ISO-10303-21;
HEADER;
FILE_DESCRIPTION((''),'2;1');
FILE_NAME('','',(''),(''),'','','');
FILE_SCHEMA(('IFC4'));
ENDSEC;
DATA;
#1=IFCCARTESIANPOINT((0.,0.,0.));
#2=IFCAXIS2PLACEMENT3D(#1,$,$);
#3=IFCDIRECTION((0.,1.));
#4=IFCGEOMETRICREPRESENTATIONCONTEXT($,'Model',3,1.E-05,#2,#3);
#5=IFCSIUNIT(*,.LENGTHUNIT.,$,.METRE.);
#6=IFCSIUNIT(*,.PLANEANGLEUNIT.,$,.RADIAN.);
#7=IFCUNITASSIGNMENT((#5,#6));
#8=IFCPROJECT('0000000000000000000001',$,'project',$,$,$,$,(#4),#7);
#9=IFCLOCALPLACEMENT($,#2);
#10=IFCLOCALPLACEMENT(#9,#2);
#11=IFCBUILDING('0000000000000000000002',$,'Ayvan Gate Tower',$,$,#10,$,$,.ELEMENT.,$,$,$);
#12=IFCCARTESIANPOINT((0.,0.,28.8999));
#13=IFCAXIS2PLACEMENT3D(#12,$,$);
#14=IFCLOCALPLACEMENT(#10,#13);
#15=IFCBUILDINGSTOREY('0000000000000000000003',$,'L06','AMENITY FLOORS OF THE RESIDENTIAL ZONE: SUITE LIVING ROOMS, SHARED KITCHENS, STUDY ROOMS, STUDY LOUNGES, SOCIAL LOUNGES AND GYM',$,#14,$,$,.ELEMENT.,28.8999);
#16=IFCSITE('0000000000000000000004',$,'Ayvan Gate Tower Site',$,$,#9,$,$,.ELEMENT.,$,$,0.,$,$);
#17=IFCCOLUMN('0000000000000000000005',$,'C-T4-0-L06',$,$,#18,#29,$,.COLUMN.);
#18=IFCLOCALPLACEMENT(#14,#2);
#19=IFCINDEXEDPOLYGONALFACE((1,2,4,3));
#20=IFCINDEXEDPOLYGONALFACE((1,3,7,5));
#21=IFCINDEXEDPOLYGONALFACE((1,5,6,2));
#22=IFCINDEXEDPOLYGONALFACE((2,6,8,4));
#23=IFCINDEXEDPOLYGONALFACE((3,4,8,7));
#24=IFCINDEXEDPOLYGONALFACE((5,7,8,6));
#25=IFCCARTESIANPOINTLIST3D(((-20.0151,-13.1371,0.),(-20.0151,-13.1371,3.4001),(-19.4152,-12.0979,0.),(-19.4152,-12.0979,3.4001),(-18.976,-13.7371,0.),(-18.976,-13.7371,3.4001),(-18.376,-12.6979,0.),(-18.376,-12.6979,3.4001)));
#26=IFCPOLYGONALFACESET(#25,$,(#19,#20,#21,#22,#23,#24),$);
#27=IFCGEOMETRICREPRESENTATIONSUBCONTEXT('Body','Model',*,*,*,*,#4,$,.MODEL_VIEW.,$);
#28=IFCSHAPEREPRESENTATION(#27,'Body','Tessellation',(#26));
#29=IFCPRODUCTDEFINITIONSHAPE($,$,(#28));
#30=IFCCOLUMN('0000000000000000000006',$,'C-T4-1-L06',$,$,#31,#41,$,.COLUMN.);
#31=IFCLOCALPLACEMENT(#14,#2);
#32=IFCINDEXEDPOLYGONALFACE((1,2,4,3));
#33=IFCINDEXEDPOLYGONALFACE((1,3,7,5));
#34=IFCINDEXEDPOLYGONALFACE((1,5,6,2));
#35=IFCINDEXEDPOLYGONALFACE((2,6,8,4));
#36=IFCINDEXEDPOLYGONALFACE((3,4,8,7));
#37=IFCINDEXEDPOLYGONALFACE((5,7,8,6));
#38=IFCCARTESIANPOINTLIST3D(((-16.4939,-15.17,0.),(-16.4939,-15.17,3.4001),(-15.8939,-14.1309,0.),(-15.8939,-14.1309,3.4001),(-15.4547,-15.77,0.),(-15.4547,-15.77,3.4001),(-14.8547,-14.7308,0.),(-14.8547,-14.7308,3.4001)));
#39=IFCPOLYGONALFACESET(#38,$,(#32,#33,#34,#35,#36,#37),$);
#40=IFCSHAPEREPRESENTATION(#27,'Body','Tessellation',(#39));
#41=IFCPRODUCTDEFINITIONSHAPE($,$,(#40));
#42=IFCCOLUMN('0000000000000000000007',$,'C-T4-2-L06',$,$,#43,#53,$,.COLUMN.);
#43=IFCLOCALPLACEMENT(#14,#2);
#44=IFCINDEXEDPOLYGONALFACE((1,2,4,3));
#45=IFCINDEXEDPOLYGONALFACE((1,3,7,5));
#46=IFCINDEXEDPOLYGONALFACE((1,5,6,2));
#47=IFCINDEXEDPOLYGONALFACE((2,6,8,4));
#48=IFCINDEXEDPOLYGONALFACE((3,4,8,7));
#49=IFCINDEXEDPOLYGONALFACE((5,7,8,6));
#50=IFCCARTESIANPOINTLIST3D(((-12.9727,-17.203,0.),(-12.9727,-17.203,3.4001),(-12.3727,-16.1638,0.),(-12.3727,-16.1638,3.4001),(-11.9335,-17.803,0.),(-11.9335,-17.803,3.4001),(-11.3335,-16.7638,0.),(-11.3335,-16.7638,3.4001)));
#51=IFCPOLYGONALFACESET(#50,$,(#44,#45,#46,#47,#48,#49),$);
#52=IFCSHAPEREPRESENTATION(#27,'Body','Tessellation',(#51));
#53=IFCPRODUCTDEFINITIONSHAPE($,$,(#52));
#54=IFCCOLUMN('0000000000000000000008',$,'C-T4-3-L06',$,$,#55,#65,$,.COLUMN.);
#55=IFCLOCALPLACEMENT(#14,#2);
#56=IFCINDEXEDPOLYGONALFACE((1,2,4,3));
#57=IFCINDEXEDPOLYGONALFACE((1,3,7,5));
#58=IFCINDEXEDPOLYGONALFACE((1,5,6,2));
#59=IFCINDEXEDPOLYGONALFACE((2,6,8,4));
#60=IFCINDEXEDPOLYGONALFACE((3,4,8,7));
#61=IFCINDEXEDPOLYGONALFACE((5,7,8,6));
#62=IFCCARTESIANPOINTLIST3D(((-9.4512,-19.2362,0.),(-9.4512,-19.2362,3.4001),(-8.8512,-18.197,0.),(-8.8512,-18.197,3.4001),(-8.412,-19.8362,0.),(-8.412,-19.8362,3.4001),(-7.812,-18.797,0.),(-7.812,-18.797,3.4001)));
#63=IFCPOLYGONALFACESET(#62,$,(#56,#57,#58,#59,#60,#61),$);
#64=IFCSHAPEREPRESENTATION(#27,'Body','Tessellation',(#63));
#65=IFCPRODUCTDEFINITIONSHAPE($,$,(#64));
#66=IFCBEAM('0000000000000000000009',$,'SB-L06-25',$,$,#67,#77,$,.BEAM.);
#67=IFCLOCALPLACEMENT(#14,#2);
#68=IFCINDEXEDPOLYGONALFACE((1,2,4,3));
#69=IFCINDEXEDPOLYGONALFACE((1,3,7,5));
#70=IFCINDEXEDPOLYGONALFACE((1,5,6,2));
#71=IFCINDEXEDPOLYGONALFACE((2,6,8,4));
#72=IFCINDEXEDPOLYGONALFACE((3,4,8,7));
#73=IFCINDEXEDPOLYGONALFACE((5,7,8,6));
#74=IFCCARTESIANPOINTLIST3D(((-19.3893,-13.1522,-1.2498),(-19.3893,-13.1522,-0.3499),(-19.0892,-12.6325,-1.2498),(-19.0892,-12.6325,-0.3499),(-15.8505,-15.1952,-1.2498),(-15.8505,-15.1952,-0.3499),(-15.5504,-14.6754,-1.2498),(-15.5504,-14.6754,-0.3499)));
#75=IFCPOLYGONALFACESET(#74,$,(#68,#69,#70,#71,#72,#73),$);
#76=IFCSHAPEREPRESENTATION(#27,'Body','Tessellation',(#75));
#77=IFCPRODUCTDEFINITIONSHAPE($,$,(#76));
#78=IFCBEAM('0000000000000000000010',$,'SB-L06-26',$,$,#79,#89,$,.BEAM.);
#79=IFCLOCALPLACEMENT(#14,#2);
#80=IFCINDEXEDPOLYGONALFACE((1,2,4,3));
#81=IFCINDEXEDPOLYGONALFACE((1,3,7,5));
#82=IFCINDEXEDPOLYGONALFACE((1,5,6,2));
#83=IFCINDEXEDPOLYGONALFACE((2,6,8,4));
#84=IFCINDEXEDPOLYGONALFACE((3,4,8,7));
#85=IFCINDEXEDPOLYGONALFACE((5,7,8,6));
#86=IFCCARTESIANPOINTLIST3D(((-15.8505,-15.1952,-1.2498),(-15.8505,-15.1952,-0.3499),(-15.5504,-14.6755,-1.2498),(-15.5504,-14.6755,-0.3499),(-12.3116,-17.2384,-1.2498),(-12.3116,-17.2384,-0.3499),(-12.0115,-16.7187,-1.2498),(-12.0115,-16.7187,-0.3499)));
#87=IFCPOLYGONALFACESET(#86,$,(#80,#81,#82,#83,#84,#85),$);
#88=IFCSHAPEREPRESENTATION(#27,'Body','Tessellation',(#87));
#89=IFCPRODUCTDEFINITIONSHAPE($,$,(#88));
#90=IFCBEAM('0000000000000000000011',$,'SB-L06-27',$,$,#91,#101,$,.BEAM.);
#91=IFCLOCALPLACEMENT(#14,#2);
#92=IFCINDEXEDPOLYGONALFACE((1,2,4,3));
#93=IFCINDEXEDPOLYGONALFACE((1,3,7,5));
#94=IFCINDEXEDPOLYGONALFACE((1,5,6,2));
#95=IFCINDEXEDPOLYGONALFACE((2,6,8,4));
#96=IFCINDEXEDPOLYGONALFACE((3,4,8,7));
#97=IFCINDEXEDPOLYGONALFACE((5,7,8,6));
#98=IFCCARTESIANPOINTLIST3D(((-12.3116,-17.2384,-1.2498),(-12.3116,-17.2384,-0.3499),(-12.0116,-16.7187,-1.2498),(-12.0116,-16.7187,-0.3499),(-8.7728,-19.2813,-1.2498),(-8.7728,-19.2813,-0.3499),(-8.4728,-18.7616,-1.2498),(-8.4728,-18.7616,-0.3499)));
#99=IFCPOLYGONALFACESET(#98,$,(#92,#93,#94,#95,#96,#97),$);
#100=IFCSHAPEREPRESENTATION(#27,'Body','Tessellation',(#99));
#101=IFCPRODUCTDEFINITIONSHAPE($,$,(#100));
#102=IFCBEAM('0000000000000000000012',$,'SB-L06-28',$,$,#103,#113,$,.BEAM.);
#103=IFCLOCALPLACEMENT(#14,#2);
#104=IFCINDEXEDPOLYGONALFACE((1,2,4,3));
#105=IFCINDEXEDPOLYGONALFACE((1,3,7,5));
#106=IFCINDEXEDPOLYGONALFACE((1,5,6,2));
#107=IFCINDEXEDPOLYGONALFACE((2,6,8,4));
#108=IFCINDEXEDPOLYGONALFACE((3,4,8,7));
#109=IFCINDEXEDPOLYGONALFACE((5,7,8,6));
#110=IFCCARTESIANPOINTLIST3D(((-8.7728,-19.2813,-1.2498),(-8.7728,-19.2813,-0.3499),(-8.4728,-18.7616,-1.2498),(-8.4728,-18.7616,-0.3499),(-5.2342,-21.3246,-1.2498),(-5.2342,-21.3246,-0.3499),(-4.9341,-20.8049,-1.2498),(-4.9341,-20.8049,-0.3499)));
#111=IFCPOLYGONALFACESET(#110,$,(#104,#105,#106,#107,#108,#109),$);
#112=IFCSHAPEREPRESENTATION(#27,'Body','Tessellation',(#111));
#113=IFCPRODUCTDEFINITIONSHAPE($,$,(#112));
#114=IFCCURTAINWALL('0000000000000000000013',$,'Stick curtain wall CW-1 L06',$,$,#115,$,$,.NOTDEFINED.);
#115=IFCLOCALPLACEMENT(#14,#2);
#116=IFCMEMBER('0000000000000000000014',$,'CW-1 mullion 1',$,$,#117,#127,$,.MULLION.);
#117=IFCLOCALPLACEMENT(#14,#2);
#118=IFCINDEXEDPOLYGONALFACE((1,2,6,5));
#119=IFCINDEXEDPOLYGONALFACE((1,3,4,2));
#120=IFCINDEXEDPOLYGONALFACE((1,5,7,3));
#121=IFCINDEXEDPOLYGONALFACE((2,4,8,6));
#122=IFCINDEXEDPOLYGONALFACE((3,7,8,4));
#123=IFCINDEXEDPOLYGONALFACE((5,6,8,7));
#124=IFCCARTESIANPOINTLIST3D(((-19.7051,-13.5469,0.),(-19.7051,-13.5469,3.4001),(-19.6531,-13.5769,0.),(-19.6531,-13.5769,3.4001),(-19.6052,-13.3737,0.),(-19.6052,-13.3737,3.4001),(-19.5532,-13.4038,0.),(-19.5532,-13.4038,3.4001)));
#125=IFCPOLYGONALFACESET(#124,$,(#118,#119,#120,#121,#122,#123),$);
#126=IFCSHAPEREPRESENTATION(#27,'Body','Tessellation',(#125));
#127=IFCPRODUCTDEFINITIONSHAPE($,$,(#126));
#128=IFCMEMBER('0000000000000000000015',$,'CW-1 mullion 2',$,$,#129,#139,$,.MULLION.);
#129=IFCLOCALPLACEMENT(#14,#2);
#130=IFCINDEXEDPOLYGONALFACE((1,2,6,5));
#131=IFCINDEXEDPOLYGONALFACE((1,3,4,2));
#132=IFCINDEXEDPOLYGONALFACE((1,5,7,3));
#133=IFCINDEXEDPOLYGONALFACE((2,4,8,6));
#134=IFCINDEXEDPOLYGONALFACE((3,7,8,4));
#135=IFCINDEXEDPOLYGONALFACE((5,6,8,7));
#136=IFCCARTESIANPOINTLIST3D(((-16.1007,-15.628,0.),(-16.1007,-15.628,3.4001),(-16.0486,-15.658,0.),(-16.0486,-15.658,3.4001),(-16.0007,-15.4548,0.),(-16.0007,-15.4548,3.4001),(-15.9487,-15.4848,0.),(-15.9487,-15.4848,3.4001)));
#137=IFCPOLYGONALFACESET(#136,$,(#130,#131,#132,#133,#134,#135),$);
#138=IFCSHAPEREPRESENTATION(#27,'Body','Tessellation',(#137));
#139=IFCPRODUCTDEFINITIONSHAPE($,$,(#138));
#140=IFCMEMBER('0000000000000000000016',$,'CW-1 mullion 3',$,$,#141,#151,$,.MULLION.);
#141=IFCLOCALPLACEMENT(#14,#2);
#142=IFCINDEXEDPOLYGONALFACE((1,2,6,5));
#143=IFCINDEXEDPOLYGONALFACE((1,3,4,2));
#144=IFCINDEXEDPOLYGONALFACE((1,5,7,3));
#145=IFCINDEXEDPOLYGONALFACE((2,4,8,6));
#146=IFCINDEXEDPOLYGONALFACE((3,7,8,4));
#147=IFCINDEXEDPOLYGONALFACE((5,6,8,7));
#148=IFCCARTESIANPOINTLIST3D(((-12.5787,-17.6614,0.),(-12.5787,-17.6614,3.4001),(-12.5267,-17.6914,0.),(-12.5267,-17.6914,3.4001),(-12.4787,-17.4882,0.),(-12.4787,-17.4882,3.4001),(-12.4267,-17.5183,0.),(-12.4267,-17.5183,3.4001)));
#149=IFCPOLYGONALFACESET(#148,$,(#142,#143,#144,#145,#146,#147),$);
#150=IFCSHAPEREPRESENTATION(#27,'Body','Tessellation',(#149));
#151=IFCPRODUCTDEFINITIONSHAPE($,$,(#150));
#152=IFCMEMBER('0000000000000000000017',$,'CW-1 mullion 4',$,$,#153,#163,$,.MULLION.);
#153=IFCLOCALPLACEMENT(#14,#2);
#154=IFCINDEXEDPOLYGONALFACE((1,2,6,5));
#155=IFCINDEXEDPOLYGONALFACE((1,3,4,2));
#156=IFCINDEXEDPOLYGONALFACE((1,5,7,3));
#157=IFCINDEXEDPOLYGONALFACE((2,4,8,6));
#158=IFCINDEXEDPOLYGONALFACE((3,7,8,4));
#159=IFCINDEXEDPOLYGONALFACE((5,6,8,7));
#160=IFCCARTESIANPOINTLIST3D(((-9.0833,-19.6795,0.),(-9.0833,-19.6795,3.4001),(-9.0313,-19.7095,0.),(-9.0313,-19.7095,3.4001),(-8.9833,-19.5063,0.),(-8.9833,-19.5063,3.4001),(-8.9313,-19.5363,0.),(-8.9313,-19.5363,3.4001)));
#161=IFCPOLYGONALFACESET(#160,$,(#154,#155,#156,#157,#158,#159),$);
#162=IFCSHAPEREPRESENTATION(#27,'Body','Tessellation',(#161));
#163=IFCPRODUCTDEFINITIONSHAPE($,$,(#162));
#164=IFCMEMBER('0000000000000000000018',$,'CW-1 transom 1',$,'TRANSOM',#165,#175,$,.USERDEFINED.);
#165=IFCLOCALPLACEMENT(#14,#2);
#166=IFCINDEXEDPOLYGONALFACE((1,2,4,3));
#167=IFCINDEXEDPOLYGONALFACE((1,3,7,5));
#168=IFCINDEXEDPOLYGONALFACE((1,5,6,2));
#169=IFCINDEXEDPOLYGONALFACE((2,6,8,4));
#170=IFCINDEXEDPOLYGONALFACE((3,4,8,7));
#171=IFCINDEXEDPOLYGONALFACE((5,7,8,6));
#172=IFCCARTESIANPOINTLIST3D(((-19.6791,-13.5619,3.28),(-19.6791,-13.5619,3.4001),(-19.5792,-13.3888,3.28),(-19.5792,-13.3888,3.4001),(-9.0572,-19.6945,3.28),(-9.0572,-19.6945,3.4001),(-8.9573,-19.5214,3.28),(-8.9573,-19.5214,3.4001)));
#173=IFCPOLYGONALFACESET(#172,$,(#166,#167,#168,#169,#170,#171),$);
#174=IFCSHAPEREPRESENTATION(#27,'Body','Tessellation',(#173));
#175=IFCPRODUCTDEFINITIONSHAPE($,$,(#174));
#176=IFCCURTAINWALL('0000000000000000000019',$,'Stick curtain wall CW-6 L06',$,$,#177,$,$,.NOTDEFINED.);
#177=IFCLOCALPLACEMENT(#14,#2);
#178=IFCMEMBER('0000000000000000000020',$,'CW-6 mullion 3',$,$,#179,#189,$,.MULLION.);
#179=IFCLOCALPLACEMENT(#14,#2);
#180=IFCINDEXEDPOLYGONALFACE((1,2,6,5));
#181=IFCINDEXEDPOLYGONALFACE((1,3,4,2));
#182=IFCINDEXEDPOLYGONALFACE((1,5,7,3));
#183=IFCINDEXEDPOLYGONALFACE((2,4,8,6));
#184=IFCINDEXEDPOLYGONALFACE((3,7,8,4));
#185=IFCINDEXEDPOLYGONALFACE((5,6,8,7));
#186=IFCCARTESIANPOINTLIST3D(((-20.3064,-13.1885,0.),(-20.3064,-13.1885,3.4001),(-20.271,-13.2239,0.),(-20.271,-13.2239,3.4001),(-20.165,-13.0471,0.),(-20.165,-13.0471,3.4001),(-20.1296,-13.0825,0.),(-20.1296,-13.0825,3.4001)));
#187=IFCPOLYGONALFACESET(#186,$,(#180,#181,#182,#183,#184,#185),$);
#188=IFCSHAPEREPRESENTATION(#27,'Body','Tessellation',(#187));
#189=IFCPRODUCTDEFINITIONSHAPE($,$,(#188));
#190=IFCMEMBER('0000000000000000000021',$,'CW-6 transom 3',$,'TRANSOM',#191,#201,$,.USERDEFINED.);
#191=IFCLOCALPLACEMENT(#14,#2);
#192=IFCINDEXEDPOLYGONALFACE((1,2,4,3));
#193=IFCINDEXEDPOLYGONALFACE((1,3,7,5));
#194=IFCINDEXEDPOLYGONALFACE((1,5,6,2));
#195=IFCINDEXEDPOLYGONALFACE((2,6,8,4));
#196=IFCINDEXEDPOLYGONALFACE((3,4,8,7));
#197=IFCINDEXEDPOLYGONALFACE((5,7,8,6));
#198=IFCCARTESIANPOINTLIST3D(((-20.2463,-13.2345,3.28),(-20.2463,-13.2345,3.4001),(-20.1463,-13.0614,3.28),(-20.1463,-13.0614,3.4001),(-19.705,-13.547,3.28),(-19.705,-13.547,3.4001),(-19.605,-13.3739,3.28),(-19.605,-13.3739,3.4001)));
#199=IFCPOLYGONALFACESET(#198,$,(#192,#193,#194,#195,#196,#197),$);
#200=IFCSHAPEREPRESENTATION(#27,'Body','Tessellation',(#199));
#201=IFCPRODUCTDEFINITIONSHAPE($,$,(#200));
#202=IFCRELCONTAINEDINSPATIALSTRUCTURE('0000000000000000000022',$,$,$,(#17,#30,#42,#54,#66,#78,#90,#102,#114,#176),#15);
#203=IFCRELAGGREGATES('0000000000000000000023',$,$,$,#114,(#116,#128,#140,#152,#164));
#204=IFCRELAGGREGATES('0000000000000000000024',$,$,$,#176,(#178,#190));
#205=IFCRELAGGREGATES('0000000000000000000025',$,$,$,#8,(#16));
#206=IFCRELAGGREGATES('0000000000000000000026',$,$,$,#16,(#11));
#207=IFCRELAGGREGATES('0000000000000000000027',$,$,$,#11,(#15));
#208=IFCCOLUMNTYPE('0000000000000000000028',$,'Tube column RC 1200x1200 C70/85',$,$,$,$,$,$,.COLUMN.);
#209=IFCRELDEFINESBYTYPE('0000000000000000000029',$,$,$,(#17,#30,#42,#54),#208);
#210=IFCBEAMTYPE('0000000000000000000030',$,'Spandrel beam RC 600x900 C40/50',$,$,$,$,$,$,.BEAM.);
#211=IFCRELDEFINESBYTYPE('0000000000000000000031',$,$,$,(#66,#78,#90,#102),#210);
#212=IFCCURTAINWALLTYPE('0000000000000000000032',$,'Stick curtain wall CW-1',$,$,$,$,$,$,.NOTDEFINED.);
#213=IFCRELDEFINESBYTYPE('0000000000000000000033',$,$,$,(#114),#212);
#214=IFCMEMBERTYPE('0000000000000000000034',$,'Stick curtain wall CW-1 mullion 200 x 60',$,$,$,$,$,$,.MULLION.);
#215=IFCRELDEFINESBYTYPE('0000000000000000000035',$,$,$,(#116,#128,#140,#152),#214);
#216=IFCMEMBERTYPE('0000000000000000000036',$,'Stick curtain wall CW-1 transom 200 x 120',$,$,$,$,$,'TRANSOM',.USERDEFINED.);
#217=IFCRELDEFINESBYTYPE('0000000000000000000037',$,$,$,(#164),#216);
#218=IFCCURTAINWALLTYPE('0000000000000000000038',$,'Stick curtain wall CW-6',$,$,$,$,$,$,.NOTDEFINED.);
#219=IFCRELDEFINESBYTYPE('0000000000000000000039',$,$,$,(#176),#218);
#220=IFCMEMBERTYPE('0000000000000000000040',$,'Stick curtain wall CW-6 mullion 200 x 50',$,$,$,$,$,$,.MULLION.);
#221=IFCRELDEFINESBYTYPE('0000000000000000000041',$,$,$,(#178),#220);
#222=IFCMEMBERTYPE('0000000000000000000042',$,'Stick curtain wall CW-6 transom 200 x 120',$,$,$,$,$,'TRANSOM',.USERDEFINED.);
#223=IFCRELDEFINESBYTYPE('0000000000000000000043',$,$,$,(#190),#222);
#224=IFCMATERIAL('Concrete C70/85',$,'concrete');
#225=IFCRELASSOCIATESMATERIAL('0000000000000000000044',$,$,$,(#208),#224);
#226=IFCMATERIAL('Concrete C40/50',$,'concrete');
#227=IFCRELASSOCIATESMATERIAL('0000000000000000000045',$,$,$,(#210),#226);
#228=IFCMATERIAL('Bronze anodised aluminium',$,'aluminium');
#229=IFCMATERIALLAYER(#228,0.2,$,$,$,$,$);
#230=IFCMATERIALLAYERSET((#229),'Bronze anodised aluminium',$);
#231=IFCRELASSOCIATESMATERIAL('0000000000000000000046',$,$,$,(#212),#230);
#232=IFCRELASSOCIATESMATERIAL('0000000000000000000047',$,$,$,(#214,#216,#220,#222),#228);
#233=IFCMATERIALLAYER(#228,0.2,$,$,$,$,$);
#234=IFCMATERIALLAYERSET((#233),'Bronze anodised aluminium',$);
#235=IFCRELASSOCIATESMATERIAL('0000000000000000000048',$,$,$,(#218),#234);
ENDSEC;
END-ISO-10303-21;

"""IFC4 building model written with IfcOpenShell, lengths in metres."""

from ifc_helpers import new_model, si_unit, direction, frame, origin, origin_2d, place, context, subcontext, project, spatial, rectangle, extrude, material, layer, layer_set, material_profile, profile_set, type_object, element, aggregate, save


model = new_model("IFC4")

# Units and contexts
model_context = context("Model", 3, precision=1e-05, world=origin(), true_north=direction((0.0, 1.0)))
body_context = subcontext(model_context, "Body", "Model", "MODEL_VIEW")
ifc_project = project(units=[si_unit("LENGTHUNIT", "METRE"), si_unit("PLANEANGLEUNIT", "RADIAN")], contexts=[model_context])

# Site, building, storey
site_placement = place(None, origin())
site = spatial("IfcSite", under=ifc_project, at=site_placement, Name="Ayvan Gate Tower Site", CompositionType="ELEMENT", RefElevation=0.0)
building_placement = place(site_placement, origin())
building = spatial("IfcBuilding", under=site, at=building_placement, Name="Ayvan Gate Tower", CompositionType="ELEMENT")
storey_placement = place(building_placement, frame((0.0, 0.0, 28.8999)))
storey = spatial("IfcBuildingStorey", under=building, at=storey_placement, Name="L06", Description="AMENITY FLOORS OF THE RESIDENTIAL ZONE: SUITE LIVING ROOMS, SHARED KITCHENS, STUDY ROOMS, STUDY LOUNGES, SOCIAL LOUNGES AND GYM", CompositionType="ELEMENT", Elevation=28.8999)

# Columns
ifc_material_1 = material(Name="Concrete C70/85", Category="concrete")
ifc_material_profile_1 = material_profile(ifc_material_1, rectangle(XDim=1.2, YDim=1.2, at=origin_2d()), Name="RC 1200x1200")
ifc_profile_set_1 = profile_set([ifc_material_profile_1], Name="Concrete C70/85")
column_type = type_object("IfcColumnType", Name="Tube column RC 1200x1200 C70/85", PredefinedType="COLUMN", material=ifc_profile_set_1)
for number, where, z_axis, x_axis, name in (
    (1, (-19.1956, -12.9175, 0.0), (0.0, 0.0, 1.0), (-0.5, -0.866025, 0.0), "C-T4-0-L06"),
    (2, (-15.6743, -14.9504, 0.0), (0.0, 0.0, 1.0), (-0.5, -0.866025, 0.0), "C-T4-1-L06"),
    (3, (-12.1531, -16.9834, 0.0), (0.0, 0.0, 1.0), (-0.5, -0.866025, 0.0), "C-T4-2-L06"),
    (4, (-8.6316, -19.0166, 0.0), (0.0, 0.0, 1.0), (-0.5, -0.866025, 0.0), "C-T4-3-L06"),
):
    element("IfcColumn", number, at=place(storey_placement, frame(where, z_axis=z_axis, x_axis=x_axis)), inside=storey, type_object=column_type, Name=name, PredefinedType="COLUMN", context=body_context, shape_type="SweptSolid", body=[
        extrude(rectangle(XDim=1.2, YDim=1.2, at=origin_2d()), origin(), (0.0, 0.0, 1.0), 3.4001),
    ])

# Beams
ifc_material_2 = material(Name="Concrete C40/50", Category="concrete")
ifc_material_profile_2 = material_profile(ifc_material_2, rectangle(XDim=0.6001, YDim=0.8999, at=origin_2d()), Name="RC 600x900")
ifc_profile_set_2 = profile_set([ifc_material_profile_2], Name="Concrete C40/50")
beam_type = type_object("IfcBeamType", Name="Spandrel beam RC 600x900 C40/50", PredefinedType="BEAM", material=ifc_profile_set_2)
beam_1_placement = place(storey_placement, frame((-19.2393, -12.8923, -0.7998), z_axis=(0.866043, -0.499969, 0.0), x_axis=(0.499969, 0.866043, 0.0)))
element("IfcBeam", 5, at=beam_1_placement, inside=storey, type_object=beam_type, Name="SB-L06-25", PredefinedType="BEAM", context=body_context, shape_type="SweptSolid", body=[
    extrude(rectangle(XDim=0.6001, YDim=0.8999, at=origin_2d()), origin(), (0.0, 0.0, 1.0), 4.0862),
])
beam_2_placement = place(storey_placement, frame((-15.7004, -14.9353, -0.7998), z_axis=(0.866017, -0.500014, 0.0), x_axis=(0.500014, 0.866017, 0.0)))
element("IfcBeam", 6, at=beam_2_placement, inside=storey, type_object=beam_type, Name="SB-L06-26", PredefinedType="BEAM", context=body_context, shape_type="SweptSolid", body=[
    extrude(rectangle(XDim=0.6001, YDim=0.8999, at=origin_2d()), origin(), (0.0, 0.0, 1.0), 4.0864),
])
for number, where, z_axis, x_axis, name in (
    (7, (-12.1616, -16.9785, -0.7998), (0.866043, -0.499969, 0.0), (0.499969, 0.866043, 0.0), "SB-L06-27"),
    (8, (-8.6228, -19.0215, -0.7998), (0.866003, -0.50004, 0.0), (0.50004, 0.866003, 0.0), "SB-L06-28"),
):
    element("IfcBeam", number, at=place(storey_placement, frame(where, z_axis=z_axis, x_axis=x_axis)), inside=storey, type_object=beam_type, Name=name, PredefinedType="BEAM", context=body_context, shape_type="SweptSolid", body=[
        extrude(rectangle(XDim=0.6001, YDim=0.8999, at=origin_2d()), origin(), (0.0, 0.0, 1.0), 4.0862),
    ])

# Curtain walls, members
ifc_material_3 = material(Name="Bronze anodised aluminium", Category="aluminium")
ifc_layer_1 = layer(ifc_material_3, 0.2)
ifc_layer_set_1 = layer_set([ifc_layer_1], Name="Bronze anodised aluminium")
curtain_wall_type_1 = type_object("IfcCurtainWallType", Name="Stick curtain wall CW-1", PredefinedType="NOTDEFINED", material=ifc_layer_set_1)
curtain_wall_1_placement = place(storey_placement, origin())
curtain_wall_1 = element("IfcCurtainWall", 9, at=curtain_wall_1_placement, inside=storey, type_object=curtain_wall_type_1, Name="Stick curtain wall CW-1 L06", PredefinedType="NOTDEFINED")
ifc_material_profile_3 = material_profile(ifc_material_3, rectangle(XDim=0.2, YDim=0.0601, at=origin_2d()), Name="Stick curtain wall CW-1 mullion 200 x 60")
ifc_profile_set_3 = profile_set([ifc_material_profile_3], Name="Bronze anodised aluminium")
member_type_1 = type_object("IfcMemberType", Name="Stick curtain wall CW-1 mullion 200 x 60", PredefinedType="MULLION", material=ifc_profile_set_3)
member_1_placement = place(storey_placement, frame((-19.6292, -13.4753, 0.0), z_axis=(0.0, 0.0, 1.0), x_axis=(-0.5, -0.866025, 0.0)))
member_1 = element("IfcMember", 10, at=member_1_placement, type_object=member_type_1, Name="CW-1 mullion 1", PredefinedType="MULLION", context=body_context, shape_type="SweptSolid", body=[
    extrude(rectangle(XDim=0.2, YDim=0.0601, at=origin_2d()), origin(), (0.0, 0.0, 1.0), 3.4001),
])
member_2_placement = place(storey_placement, frame((-16.0247, -15.5564, 0.0), z_axis=(0.0, 0.0, 1.0), x_axis=(-0.5, -0.866025, 0.0)))
member_2 = element("IfcMember", 11, at=member_2_placement, type_object=member_type_1, Name="CW-1 mullion 2", PredefinedType="MULLION", context=body_context, shape_type="SweptSolid", body=[
    extrude(rectangle(XDim=0.2, YDim=0.0601, at=origin_2d()), origin(), (0.0, 0.0, 1.0), 3.4001),
])
member_3_placement = place(storey_placement, frame((-12.5027, -17.5898, 0.0), z_axis=(0.0, 0.0, 1.0), x_axis=(-0.5, -0.866025, 0.0)))
member_3 = element("IfcMember", 12, at=member_3_placement, type_object=member_type_1, Name="CW-1 mullion 3", PredefinedType="MULLION", context=body_context, shape_type="SweptSolid", body=[
    extrude(rectangle(XDim=0.2, YDim=0.0601, at=origin_2d()), origin(), (0.0, 0.0, 1.0), 3.4001),
])
member_4_placement = place(storey_placement, frame((-9.0073, -19.6079, 0.0), z_axis=(0.0, 0.0, 1.0), x_axis=(-0.5, -0.866025, 0.0)))
member_4 = element("IfcMember", 13, at=member_4_placement, type_object=member_type_1, Name="CW-1 mullion 4", PredefinedType="MULLION", context=body_context, shape_type="SweptSolid", body=[
    extrude(rectangle(XDim=0.2, YDim=0.0601, at=origin_2d()), origin(), (0.0, 0.0, 1.0), 3.4001),
])
ifc_material_profile_4 = material_profile(ifc_material_3, rectangle(XDim=0.2, YDim=0.1201, at=origin_2d()), Name="Stick curtain wall CW-1 transom 200 x 120")
ifc_profile_set_4 = profile_set([ifc_material_profile_4], Name="Bronze anodised aluminium")
member_type_2 = type_object("IfcMemberType", Name="Stick curtain wall CW-1 transom 200 x 120", ElementType="TRANSOM", PredefinedType="USERDEFINED", material=ifc_profile_set_4)
member_5_placement = place(storey_placement, frame((-19.6292, -13.4753, 3.3401), z_axis=(0.866023, -0.500003, 0.0), x_axis=(0.500003, 0.866023, 0.0)))
member_5 = element("IfcMember", 14, at=member_5_placement, type_object=member_type_2, Name="CW-1 transom 1", ObjectType="TRANSOM", PredefinedType="USERDEFINED", context=body_context, shape_type="SweptSolid", body=[
    extrude(rectangle(XDim=0.2, YDim=0.1201, at=origin_2d()), origin(), (0.0, 0.0, 1.0), 12.2651),
])
ifc_layer_2 = layer(ifc_material_3, 0.2)
ifc_layer_set_2 = layer_set([ifc_layer_2], Name="Bronze anodised aluminium")
curtain_wall_type_2 = type_object("IfcCurtainWallType", Name="Stick curtain wall CW-6", PredefinedType="NOTDEFINED", material=ifc_layer_set_2)
curtain_wall_2_placement = place(storey_placement, origin())
curtain_wall_2 = element("IfcCurtainWall", 15, at=curtain_wall_2_placement, inside=storey, type_object=curtain_wall_type_2, Name="Stick curtain wall CW-6 L06", PredefinedType="NOTDEFINED")
ifc_material_profile_5 = material_profile(ifc_material_3, rectangle(XDim=0.2, YDim=0.05, at=origin_2d()), Name="Stick curtain wall CW-6 mullion 200 x 50")
ifc_profile_set_5 = profile_set([ifc_material_profile_5], Name="Bronze anodised aluminium")
member_type_3 = type_object("IfcMemberType", Name="Stick curtain wall CW-6 mullion 200 x 50", PredefinedType="MULLION", material=ifc_profile_set_5)
member_6_placement = place(storey_placement, frame((-20.218, -13.1355, 0.0), z_axis=(0.0, 0.0, 1.0), x_axis=(-0.707107, -0.707107, 0.0)))
member_6 = element("IfcMember", 16, at=member_6_placement, type_object=member_type_3, Name="CW-6 mullion 3", PredefinedType="MULLION", context=body_context, shape_type="SweptSolid", body=[
    extrude(rectangle(XDim=0.2, YDim=0.05, at=origin_2d()), origin(), (0.0, 0.0, 1.0), 3.4001),
])
ifc_material_profile_6 = material_profile(ifc_material_3, rectangle(XDim=0.2, YDim=0.1201, at=origin_2d()), Name="Stick curtain wall CW-6 transom 200 x 120")
ifc_profile_set_6 = profile_set([ifc_material_profile_6], Name="Bronze anodised aluminium")
member_type_4 = type_object("IfcMemberType", Name="Stick curtain wall CW-6 transom 200 x 120", ElementType="TRANSOM", PredefinedType="USERDEFINED", material=ifc_profile_set_6)
member_7_placement = place(storey_placement, frame((-20.1963, -13.1479, 3.3401), z_axis=(0.866023, -0.500004, 0.0), x_axis=(0.500004, 0.866023, 0.0)))
member_7 = element("IfcMember", 17, at=member_7_placement, type_object=member_type_4, Name="CW-6 transom 3", ObjectType="TRANSOM", PredefinedType="USERDEFINED", context=body_context, shape_type="SweptSolid", body=[
    extrude(rectangle(XDim=0.2, YDim=0.1201, at=origin_2d()), origin(), (0.0, 0.0, 1.0), 0.625),
])

aggregate(curtain_wall_1, [member_1, member_2, member_3, member_4, member_5])
aggregate(curtain_wall_2, [member_6, member_7])

save(model, "model.ifc")
